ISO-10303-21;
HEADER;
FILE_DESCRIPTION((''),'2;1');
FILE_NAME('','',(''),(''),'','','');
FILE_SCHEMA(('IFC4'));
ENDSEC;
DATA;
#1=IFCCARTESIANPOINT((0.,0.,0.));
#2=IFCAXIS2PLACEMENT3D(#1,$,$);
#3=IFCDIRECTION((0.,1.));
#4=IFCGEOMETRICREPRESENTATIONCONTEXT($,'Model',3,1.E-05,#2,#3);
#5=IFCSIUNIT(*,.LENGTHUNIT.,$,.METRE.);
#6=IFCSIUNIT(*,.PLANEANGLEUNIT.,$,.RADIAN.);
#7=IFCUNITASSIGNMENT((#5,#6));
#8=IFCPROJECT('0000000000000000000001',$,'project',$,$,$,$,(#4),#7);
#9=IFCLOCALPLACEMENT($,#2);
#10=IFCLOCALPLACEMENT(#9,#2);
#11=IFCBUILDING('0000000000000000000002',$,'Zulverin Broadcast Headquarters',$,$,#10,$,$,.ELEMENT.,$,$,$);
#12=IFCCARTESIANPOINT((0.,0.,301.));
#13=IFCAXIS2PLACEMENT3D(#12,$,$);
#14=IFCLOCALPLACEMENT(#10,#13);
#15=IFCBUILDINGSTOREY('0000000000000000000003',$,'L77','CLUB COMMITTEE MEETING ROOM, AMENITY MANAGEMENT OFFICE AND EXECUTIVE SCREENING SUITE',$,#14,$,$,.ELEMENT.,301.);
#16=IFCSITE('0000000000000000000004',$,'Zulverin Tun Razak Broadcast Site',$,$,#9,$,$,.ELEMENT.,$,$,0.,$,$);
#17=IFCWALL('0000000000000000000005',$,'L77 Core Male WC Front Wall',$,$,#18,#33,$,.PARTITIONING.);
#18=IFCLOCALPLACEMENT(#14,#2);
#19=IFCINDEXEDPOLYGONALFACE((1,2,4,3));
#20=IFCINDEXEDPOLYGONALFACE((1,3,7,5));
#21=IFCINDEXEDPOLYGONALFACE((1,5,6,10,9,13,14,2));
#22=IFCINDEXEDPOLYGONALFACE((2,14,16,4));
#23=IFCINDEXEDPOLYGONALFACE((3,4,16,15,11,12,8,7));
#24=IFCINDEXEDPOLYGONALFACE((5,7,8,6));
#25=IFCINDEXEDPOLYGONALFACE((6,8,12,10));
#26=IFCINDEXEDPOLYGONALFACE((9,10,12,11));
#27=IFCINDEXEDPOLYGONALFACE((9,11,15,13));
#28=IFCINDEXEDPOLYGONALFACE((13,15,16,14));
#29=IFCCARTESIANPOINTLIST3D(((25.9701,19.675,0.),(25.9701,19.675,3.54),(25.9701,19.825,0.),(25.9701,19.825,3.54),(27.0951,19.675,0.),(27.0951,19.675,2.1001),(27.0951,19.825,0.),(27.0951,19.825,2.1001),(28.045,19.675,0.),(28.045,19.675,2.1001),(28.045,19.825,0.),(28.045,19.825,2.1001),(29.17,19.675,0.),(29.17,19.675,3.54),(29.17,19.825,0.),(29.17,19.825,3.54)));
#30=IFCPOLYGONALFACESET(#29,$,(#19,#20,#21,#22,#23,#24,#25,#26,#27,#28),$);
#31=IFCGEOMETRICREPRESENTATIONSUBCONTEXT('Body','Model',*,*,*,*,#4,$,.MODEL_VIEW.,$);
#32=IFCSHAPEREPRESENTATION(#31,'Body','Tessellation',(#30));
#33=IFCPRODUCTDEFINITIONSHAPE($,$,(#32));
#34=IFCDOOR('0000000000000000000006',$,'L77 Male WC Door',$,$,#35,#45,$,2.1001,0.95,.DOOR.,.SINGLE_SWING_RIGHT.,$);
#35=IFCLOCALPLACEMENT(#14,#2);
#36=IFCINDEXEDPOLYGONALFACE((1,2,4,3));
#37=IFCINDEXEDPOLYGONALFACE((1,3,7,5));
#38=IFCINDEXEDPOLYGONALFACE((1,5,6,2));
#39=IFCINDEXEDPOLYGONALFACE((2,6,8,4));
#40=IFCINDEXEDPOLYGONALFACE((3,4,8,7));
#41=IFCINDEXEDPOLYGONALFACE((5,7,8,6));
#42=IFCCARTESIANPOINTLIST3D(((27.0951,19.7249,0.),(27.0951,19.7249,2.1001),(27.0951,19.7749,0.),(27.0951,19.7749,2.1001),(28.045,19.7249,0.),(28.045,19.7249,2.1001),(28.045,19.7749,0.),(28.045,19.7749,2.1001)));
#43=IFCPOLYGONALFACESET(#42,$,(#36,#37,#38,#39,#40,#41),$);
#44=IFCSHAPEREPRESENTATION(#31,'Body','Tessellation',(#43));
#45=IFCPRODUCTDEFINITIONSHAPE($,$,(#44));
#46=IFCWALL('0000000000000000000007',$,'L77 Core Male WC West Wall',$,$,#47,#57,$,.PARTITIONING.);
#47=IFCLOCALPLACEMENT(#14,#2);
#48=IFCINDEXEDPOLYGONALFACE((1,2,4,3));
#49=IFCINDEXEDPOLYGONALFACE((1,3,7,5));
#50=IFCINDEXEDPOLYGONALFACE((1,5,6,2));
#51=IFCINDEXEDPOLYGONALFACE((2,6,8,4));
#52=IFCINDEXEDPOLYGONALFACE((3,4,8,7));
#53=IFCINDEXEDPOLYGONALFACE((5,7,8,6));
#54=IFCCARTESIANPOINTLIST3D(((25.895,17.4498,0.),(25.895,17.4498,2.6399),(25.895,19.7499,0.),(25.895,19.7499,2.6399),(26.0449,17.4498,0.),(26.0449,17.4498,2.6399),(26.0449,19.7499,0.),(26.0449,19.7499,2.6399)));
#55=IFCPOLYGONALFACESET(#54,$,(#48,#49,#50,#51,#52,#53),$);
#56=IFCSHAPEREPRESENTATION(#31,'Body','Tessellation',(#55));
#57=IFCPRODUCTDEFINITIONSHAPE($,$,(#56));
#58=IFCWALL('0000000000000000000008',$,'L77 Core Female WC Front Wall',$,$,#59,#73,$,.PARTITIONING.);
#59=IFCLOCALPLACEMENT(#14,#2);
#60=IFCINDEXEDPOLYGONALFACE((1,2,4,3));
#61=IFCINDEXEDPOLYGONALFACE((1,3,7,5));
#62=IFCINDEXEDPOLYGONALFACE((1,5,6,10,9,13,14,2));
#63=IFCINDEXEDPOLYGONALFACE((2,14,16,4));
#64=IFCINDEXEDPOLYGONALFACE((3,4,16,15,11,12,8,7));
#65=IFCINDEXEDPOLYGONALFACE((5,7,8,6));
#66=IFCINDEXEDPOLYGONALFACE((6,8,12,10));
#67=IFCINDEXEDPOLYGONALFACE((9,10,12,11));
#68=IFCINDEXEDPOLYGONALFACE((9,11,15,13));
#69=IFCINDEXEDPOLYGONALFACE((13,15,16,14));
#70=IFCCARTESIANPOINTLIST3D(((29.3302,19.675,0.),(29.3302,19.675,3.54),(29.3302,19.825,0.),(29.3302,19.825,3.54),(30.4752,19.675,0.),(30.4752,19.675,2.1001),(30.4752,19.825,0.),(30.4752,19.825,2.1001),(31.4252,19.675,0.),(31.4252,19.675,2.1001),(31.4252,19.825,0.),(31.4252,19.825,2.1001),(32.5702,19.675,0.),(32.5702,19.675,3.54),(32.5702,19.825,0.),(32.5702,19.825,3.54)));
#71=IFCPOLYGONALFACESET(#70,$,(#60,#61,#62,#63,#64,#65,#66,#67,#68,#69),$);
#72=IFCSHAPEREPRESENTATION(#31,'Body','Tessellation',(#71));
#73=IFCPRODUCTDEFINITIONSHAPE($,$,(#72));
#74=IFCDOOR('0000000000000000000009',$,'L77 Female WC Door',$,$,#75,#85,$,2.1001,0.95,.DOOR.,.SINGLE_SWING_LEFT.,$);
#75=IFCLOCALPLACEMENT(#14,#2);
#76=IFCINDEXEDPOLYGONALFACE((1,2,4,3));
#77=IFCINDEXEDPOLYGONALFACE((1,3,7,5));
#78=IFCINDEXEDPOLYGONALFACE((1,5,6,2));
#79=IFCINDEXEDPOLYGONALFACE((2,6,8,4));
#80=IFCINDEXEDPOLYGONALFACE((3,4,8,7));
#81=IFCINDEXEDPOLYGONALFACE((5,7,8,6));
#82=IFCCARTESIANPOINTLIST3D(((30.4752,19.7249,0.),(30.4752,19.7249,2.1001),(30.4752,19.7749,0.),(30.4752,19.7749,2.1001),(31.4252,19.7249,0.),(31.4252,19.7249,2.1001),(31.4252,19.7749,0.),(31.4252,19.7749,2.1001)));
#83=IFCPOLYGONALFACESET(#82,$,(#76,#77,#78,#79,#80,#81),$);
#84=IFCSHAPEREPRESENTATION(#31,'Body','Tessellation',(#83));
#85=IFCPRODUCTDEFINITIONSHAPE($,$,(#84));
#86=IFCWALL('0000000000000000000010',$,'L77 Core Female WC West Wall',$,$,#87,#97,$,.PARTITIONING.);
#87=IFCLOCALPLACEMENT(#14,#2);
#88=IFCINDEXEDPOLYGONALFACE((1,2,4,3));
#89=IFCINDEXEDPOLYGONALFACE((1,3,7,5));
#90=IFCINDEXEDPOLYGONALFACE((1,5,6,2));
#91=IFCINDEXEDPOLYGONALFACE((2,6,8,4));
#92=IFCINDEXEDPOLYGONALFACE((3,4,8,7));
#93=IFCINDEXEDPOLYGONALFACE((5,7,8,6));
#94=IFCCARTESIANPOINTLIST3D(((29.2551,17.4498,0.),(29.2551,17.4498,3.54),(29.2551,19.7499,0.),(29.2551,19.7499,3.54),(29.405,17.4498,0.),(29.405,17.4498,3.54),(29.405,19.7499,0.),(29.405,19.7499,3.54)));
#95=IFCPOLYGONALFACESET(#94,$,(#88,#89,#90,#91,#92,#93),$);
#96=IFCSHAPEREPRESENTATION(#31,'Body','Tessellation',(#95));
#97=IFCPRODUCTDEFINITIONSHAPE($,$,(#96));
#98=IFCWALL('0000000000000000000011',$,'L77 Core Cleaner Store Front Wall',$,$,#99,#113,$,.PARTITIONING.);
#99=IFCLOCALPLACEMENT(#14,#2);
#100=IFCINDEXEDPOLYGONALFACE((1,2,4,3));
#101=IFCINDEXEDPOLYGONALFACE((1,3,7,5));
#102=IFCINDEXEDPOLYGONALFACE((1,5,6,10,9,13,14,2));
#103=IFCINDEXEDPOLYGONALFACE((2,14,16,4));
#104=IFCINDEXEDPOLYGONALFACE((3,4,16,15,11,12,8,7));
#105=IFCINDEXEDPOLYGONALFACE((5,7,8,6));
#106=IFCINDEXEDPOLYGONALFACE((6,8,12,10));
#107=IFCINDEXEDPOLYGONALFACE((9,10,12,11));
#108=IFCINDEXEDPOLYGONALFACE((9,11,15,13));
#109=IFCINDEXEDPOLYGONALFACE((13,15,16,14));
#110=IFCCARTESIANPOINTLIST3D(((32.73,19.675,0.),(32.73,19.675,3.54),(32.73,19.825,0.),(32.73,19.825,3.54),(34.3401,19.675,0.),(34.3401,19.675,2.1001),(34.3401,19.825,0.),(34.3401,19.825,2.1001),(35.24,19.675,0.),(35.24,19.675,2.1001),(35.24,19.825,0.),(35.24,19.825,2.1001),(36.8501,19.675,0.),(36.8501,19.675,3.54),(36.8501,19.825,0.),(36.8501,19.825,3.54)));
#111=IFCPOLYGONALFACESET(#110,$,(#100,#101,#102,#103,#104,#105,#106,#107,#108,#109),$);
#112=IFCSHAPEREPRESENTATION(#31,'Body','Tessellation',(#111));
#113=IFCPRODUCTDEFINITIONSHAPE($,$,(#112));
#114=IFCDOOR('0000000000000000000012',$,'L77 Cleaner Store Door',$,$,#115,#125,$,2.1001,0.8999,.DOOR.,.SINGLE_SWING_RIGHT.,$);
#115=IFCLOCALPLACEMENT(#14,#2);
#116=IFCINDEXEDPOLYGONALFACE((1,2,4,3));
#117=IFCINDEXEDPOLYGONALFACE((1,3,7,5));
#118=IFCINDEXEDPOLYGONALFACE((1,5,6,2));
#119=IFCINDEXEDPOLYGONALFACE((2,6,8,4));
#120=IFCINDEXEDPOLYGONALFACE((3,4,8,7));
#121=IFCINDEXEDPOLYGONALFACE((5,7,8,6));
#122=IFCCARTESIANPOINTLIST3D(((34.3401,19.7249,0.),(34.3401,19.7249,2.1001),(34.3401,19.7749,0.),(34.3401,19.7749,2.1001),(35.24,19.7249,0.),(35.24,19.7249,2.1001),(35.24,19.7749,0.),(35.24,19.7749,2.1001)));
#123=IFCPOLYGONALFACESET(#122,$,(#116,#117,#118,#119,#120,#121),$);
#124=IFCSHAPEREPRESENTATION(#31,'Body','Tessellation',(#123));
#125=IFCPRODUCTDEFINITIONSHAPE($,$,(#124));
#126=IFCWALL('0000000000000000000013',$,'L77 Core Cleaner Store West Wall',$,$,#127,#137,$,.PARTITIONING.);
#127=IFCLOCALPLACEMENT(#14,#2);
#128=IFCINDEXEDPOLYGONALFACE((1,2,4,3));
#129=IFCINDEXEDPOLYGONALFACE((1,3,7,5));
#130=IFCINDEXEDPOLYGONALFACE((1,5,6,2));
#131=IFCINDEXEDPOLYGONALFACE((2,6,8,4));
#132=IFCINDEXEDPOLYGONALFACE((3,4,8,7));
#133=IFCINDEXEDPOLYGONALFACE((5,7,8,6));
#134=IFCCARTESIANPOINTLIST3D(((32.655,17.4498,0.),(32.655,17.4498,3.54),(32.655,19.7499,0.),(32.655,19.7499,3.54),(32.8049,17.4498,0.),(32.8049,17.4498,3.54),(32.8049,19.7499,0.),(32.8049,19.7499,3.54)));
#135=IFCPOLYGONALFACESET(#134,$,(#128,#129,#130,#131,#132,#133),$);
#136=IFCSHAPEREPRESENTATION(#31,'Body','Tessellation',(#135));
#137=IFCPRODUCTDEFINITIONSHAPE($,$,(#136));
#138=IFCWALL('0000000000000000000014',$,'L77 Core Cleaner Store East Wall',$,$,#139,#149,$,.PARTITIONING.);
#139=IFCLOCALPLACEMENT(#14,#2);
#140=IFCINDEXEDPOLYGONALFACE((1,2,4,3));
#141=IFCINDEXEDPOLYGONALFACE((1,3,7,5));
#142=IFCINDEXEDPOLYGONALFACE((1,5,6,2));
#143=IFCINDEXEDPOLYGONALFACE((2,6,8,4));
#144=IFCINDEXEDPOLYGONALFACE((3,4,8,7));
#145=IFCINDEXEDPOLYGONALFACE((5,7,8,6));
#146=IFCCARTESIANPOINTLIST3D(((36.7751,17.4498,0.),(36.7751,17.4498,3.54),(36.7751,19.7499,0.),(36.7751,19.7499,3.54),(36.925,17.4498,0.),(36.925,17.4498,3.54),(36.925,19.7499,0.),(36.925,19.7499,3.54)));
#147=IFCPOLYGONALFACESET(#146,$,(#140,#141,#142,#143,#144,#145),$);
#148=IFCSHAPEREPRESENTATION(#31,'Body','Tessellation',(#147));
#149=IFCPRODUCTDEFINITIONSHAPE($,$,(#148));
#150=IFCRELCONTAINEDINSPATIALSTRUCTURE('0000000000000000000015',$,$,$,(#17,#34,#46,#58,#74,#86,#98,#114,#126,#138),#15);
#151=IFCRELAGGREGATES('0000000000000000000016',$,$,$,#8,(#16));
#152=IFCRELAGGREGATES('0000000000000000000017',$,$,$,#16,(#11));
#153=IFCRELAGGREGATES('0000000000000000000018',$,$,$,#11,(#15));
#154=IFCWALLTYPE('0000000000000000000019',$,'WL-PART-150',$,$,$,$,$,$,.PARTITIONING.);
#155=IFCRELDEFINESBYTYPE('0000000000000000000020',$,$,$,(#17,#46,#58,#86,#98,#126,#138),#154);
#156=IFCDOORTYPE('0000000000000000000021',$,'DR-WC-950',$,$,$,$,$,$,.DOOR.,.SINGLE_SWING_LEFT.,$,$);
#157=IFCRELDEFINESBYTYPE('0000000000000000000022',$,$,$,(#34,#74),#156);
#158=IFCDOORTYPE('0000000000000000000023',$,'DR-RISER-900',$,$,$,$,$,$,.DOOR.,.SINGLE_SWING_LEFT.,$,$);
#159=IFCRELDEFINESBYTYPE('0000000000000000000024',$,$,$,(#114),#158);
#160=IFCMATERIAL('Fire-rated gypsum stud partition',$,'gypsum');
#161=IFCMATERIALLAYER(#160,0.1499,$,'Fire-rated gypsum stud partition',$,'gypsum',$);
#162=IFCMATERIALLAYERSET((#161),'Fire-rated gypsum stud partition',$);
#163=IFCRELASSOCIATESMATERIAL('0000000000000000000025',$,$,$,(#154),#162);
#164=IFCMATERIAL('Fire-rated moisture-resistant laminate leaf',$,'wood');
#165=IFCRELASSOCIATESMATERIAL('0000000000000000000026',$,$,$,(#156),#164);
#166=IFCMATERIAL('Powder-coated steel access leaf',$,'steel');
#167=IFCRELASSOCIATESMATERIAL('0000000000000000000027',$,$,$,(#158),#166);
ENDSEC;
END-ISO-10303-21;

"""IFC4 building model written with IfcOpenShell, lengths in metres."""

from ifc_helpers import new_model, si_unit, direction, frame, frame_2d, origin, place, context, subcontext, project, spatial, rectangle, extrude, material, layer, layer_set, type_object, element, fill, save


model = new_model("IFC4")

# Units and contexts
model_context = context("Model", 3, precision=1e-05, world=origin(), true_north=direction((0.0, 1.0)))
body_context = subcontext(model_context, "Body", "Model", "MODEL_VIEW")
ifc_project = project(units=[si_unit("LENGTHUNIT", "METRE"), si_unit("PLANEANGLEUNIT", "RADIAN")], contexts=[model_context])

# Site, building, storey
site_placement = place(None, origin())
site = spatial("IfcSite", under=ifc_project, at=site_placement, Name="Zulverin Tun Razak Broadcast Site", CompositionType="ELEMENT", RefElevation=0.0)
building_placement = place(site_placement, origin())
building = spatial("IfcBuilding", under=site, at=building_placement, Name="Zulverin Broadcast Headquarters", CompositionType="ELEMENT")
storey_placement = place(building_placement, frame((0.0, 0.0, 301.0)))
storey = spatial("IfcBuildingStorey", under=building, at=storey_placement, Name="L77", Description="CLUB COMMITTEE MEETING ROOM, AMENITY MANAGEMENT OFFICE AND EXECUTIVE SCREENING SUITE", CompositionType="ELEMENT", Elevation=301.0)

# Wall, opening, door
ifc_material_1 = material(Name="Fire-rated gypsum stud partition", Category="gypsum")
ifc_layer_1 = layer(ifc_material_1, 0.1499, Name="Fire-rated gypsum stud partition", Category="gypsum")
ifc_layer_set_1 = layer_set([ifc_layer_1], Name="Fire-rated gypsum stud partition")
wall_type_1 = type_object("IfcWallType", Name="WL-PART-150", PredefinedType="PARTITIONING", material=ifc_layer_set_1)
wall_1_placement = place(storey_placement, frame((25.97, 19.75, 0.0), z_axis=(0.0, 0.0, 1.0), x_axis=(1.0, 0.0, 0.0)))
wall_1 = element("IfcWall", 1, at=wall_1_placement, inside=storey, type_object=wall_type_1, Name="L77 Core Male WC Front Wall", PredefinedType="PARTITIONING", context=body_context, shape_type="SweptSolid", body=[
    extrude(rectangle(XDim=3.2, YDim=0.1499, at=frame_2d((1.6001, 0.0))), origin(), (0.0, 0.0, 1.0), 3.54),
])
opening_1_placement = place(wall_1_placement, frame((1.125, 0.0, 0.0)))
opening_1 = element("IfcOpeningElement", 2, at=opening_1_placement, cuts=wall_1, PredefinedType="OPENING", context=body_context, shape_type="SweptSolid", body=[
    extrude(rectangle(XDim=0.95, YDim=2.1001, at=frame_2d((0.4751, 1.05))), frame((0.0, 0.085, 0.0), z_axis=(0.0, -1.0, 0.0), x_axis=(1.0, 0.0, 0.0)), (0.0, 0.0, 1.0), 0.1699),
])
ifc_material_2 = material(Name="Fire-rated moisture-resistant laminate leaf", Category="wood")
door_type_1 = type_object("IfcDoorType", Name="DR-WC-950", OperationType="SINGLE_SWING_LEFT", PredefinedType="DOOR", material=ifc_material_2)
door_1_placement = place(opening_1_placement, origin())
door_1 = element("IfcDoor", 3, at=door_1_placement, inside=storey, type_object=door_type_1, Name="L77 Male WC Door", OperationType="SINGLE_SWING_RIGHT", OverallHeight=2.1001, OverallWidth=0.95, PredefinedType="DOOR", context=body_context, shape_type="SweptSolid", body=[
    extrude(rectangle(XDim=0.95, YDim=2.1001, at=frame_2d((0.4751, 1.05))), frame((0.0, 0.0249, 0.0), z_axis=(0.0, -1.0, 0.0), x_axis=(1.0, 0.0, 0.0)), (0.0, 0.0, 1.0), 0.05),
])
fill(opening_1, door_1)

# Wall
wall_2_placement = place(storey_placement, frame((25.97, 17.45, 0.0), z_axis=(0.0, 0.0, 1.0), x_axis=(0.0, 1.0, 0.0)))
element("IfcWall", 4, at=wall_2_placement, inside=storey, type_object=wall_type_1, Name="L77 Core Male WC West Wall", PredefinedType="PARTITIONING", context=body_context, shape_type="SweptSolid", body=[
    extrude(rectangle(XDim=2.3, YDim=0.1499, at=frame_2d((1.1499, 0.0))), origin(), (0.0, 0.0, 1.0), 2.6399),
])

# Wall, opening, door
wall_3_placement = place(storey_placement, frame((29.3301, 19.75, 0.0), z_axis=(0.0, 0.0, 1.0), x_axis=(1.0, 0.0, 0.0)))
wall_3 = element("IfcWall", 5, at=wall_3_placement, inside=storey, type_object=wall_type_1, Name="L77 Core Female WC Front Wall", PredefinedType="PARTITIONING", context=body_context, shape_type="SweptSolid", body=[
    extrude(rectangle(XDim=3.24, YDim=0.1499, at=frame_2d((1.6201, 0.0))), origin(), (0.0, 0.0, 1.0), 3.54),
])
opening_2_placement = place(wall_3_placement, frame((1.145, 0.0, 0.0)))
opening_2 = element("IfcOpeningElement", 6, at=opening_2_placement, cuts=wall_3, PredefinedType="OPENING", context=body_context, shape_type="SweptSolid", body=[
    extrude(rectangle(XDim=0.95, YDim=2.1001, at=frame_2d((0.4751, 1.05))), frame((0.0, 0.085, 0.0), z_axis=(0.0, -1.0, 0.0), x_axis=(1.0, 0.0, 0.0)), (0.0, 0.0, 1.0), 0.1699),
])
door_2_placement = place(opening_2_placement, origin())
door_2 = element("IfcDoor", 7, at=door_2_placement, inside=storey, type_object=door_type_1, Name="L77 Female WC Door", OperationType="SINGLE_SWING_LEFT", OverallHeight=2.1001, OverallWidth=0.95, PredefinedType="DOOR", context=body_context, shape_type="SweptSolid", body=[
    extrude(rectangle(XDim=0.95, YDim=2.1001, at=frame_2d((0.4751, 1.05))), frame((0.0, 0.0249, 0.0), z_axis=(0.0, -1.0, 0.0), x_axis=(1.0, 0.0, 0.0)), (0.0, 0.0, 1.0), 0.05),
])
fill(opening_2, door_2)

# Wall
wall_4_placement = place(storey_placement, frame((29.3301, 17.45, 0.0), z_axis=(0.0, 0.0, 1.0), x_axis=(0.0, 1.0, 0.0)))
element("IfcWall", 8, at=wall_4_placement, inside=storey, type_object=wall_type_1, Name="L77 Core Female WC West Wall", PredefinedType="PARTITIONING", context=body_context, shape_type="SweptSolid", body=[
    extrude(rectangle(XDim=2.3, YDim=0.1499, at=frame_2d((1.1499, 0.0))), origin(), (0.0, 0.0, 1.0), 3.54),
])

# Wall, opening, door
wall_5_placement = place(storey_placement, frame((32.73, 19.75, 0.0), z_axis=(0.0, 0.0, 1.0), x_axis=(1.0, 0.0, 0.0)))
wall_5 = element("IfcWall", 9, at=wall_5_placement, inside=storey, type_object=wall_type_1, Name="L77 Core Cleaner Store Front Wall", PredefinedType="PARTITIONING", context=body_context, shape_type="SweptSolid", body=[
    extrude(rectangle(XDim=4.1201, YDim=0.1499, at=frame_2d((2.0601, 0.0))), origin(), (0.0, 0.0, 1.0), 3.54),
])
opening_3_placement = place(wall_5_placement, frame((1.6101, 0.0, 0.0)))
opening_3 = element("IfcOpeningElement", 10, at=opening_3_placement, cuts=wall_5, PredefinedType="OPENING", context=body_context, shape_type="SweptSolid", body=[
    extrude(rectangle(XDim=0.8999, YDim=2.1001, at=frame_2d((0.45, 1.05))), frame((0.0, 0.085, 0.0), z_axis=(0.0, -1.0, 0.0), x_axis=(1.0, 0.0, 0.0)), (0.0, 0.0, 1.0), 0.1699),
])
ifc_material_3 = material(Name="Powder-coated steel access leaf", Category="steel")
door_type_2 = type_object("IfcDoorType", Name="DR-RISER-900", OperationType="SINGLE_SWING_LEFT", PredefinedType="DOOR", material=ifc_material_3)
door_3_placement = place(opening_3_placement, origin())
door_3 = element("IfcDoor", 11, at=door_3_placement, inside=storey, type_object=door_type_2, Name="L77 Cleaner Store Door", OperationType="SINGLE_SWING_RIGHT", OverallHeight=2.1001, OverallWidth=0.8999, PredefinedType="DOOR", context=body_context, shape_type="SweptSolid", body=[
    extrude(rectangle(XDim=0.8999, YDim=2.1001, at=frame_2d((0.45, 1.05))), frame((0.0, 0.0249, 0.0), z_axis=(0.0, -1.0, 0.0), x_axis=(1.0, 0.0, 0.0)), (0.0, 0.0, 1.0), 0.05),
])
fill(opening_3, door_3)

# Walls
for number, where, z_axis, x_axis, name in (
    (12, (32.73, 17.45, 0.0), (0.0, 0.0, 1.0), (0.0, 1.0, 0.0), "L77 Core Cleaner Store West Wall"),
    (13, (36.8501, 17.45, 0.0), (0.0, 0.0, 1.0), (0.0, 1.0, 0.0), "L77 Core Cleaner Store East Wall"),
):
    element("IfcWall", number, at=place(storey_placement, frame(where, z_axis=z_axis, x_axis=x_axis)), inside=storey, type_object=wall_type_1, Name=name, PredefinedType="PARTITIONING", context=body_context, shape_type="SweptSolid", body=[
        extrude(rectangle(XDim=2.3, YDim=0.1499, at=frame_2d((1.1499, 0.0))), origin(), (0.0, 0.0, 1.0), 3.54),
    ])

save(model, "model.ifc")
